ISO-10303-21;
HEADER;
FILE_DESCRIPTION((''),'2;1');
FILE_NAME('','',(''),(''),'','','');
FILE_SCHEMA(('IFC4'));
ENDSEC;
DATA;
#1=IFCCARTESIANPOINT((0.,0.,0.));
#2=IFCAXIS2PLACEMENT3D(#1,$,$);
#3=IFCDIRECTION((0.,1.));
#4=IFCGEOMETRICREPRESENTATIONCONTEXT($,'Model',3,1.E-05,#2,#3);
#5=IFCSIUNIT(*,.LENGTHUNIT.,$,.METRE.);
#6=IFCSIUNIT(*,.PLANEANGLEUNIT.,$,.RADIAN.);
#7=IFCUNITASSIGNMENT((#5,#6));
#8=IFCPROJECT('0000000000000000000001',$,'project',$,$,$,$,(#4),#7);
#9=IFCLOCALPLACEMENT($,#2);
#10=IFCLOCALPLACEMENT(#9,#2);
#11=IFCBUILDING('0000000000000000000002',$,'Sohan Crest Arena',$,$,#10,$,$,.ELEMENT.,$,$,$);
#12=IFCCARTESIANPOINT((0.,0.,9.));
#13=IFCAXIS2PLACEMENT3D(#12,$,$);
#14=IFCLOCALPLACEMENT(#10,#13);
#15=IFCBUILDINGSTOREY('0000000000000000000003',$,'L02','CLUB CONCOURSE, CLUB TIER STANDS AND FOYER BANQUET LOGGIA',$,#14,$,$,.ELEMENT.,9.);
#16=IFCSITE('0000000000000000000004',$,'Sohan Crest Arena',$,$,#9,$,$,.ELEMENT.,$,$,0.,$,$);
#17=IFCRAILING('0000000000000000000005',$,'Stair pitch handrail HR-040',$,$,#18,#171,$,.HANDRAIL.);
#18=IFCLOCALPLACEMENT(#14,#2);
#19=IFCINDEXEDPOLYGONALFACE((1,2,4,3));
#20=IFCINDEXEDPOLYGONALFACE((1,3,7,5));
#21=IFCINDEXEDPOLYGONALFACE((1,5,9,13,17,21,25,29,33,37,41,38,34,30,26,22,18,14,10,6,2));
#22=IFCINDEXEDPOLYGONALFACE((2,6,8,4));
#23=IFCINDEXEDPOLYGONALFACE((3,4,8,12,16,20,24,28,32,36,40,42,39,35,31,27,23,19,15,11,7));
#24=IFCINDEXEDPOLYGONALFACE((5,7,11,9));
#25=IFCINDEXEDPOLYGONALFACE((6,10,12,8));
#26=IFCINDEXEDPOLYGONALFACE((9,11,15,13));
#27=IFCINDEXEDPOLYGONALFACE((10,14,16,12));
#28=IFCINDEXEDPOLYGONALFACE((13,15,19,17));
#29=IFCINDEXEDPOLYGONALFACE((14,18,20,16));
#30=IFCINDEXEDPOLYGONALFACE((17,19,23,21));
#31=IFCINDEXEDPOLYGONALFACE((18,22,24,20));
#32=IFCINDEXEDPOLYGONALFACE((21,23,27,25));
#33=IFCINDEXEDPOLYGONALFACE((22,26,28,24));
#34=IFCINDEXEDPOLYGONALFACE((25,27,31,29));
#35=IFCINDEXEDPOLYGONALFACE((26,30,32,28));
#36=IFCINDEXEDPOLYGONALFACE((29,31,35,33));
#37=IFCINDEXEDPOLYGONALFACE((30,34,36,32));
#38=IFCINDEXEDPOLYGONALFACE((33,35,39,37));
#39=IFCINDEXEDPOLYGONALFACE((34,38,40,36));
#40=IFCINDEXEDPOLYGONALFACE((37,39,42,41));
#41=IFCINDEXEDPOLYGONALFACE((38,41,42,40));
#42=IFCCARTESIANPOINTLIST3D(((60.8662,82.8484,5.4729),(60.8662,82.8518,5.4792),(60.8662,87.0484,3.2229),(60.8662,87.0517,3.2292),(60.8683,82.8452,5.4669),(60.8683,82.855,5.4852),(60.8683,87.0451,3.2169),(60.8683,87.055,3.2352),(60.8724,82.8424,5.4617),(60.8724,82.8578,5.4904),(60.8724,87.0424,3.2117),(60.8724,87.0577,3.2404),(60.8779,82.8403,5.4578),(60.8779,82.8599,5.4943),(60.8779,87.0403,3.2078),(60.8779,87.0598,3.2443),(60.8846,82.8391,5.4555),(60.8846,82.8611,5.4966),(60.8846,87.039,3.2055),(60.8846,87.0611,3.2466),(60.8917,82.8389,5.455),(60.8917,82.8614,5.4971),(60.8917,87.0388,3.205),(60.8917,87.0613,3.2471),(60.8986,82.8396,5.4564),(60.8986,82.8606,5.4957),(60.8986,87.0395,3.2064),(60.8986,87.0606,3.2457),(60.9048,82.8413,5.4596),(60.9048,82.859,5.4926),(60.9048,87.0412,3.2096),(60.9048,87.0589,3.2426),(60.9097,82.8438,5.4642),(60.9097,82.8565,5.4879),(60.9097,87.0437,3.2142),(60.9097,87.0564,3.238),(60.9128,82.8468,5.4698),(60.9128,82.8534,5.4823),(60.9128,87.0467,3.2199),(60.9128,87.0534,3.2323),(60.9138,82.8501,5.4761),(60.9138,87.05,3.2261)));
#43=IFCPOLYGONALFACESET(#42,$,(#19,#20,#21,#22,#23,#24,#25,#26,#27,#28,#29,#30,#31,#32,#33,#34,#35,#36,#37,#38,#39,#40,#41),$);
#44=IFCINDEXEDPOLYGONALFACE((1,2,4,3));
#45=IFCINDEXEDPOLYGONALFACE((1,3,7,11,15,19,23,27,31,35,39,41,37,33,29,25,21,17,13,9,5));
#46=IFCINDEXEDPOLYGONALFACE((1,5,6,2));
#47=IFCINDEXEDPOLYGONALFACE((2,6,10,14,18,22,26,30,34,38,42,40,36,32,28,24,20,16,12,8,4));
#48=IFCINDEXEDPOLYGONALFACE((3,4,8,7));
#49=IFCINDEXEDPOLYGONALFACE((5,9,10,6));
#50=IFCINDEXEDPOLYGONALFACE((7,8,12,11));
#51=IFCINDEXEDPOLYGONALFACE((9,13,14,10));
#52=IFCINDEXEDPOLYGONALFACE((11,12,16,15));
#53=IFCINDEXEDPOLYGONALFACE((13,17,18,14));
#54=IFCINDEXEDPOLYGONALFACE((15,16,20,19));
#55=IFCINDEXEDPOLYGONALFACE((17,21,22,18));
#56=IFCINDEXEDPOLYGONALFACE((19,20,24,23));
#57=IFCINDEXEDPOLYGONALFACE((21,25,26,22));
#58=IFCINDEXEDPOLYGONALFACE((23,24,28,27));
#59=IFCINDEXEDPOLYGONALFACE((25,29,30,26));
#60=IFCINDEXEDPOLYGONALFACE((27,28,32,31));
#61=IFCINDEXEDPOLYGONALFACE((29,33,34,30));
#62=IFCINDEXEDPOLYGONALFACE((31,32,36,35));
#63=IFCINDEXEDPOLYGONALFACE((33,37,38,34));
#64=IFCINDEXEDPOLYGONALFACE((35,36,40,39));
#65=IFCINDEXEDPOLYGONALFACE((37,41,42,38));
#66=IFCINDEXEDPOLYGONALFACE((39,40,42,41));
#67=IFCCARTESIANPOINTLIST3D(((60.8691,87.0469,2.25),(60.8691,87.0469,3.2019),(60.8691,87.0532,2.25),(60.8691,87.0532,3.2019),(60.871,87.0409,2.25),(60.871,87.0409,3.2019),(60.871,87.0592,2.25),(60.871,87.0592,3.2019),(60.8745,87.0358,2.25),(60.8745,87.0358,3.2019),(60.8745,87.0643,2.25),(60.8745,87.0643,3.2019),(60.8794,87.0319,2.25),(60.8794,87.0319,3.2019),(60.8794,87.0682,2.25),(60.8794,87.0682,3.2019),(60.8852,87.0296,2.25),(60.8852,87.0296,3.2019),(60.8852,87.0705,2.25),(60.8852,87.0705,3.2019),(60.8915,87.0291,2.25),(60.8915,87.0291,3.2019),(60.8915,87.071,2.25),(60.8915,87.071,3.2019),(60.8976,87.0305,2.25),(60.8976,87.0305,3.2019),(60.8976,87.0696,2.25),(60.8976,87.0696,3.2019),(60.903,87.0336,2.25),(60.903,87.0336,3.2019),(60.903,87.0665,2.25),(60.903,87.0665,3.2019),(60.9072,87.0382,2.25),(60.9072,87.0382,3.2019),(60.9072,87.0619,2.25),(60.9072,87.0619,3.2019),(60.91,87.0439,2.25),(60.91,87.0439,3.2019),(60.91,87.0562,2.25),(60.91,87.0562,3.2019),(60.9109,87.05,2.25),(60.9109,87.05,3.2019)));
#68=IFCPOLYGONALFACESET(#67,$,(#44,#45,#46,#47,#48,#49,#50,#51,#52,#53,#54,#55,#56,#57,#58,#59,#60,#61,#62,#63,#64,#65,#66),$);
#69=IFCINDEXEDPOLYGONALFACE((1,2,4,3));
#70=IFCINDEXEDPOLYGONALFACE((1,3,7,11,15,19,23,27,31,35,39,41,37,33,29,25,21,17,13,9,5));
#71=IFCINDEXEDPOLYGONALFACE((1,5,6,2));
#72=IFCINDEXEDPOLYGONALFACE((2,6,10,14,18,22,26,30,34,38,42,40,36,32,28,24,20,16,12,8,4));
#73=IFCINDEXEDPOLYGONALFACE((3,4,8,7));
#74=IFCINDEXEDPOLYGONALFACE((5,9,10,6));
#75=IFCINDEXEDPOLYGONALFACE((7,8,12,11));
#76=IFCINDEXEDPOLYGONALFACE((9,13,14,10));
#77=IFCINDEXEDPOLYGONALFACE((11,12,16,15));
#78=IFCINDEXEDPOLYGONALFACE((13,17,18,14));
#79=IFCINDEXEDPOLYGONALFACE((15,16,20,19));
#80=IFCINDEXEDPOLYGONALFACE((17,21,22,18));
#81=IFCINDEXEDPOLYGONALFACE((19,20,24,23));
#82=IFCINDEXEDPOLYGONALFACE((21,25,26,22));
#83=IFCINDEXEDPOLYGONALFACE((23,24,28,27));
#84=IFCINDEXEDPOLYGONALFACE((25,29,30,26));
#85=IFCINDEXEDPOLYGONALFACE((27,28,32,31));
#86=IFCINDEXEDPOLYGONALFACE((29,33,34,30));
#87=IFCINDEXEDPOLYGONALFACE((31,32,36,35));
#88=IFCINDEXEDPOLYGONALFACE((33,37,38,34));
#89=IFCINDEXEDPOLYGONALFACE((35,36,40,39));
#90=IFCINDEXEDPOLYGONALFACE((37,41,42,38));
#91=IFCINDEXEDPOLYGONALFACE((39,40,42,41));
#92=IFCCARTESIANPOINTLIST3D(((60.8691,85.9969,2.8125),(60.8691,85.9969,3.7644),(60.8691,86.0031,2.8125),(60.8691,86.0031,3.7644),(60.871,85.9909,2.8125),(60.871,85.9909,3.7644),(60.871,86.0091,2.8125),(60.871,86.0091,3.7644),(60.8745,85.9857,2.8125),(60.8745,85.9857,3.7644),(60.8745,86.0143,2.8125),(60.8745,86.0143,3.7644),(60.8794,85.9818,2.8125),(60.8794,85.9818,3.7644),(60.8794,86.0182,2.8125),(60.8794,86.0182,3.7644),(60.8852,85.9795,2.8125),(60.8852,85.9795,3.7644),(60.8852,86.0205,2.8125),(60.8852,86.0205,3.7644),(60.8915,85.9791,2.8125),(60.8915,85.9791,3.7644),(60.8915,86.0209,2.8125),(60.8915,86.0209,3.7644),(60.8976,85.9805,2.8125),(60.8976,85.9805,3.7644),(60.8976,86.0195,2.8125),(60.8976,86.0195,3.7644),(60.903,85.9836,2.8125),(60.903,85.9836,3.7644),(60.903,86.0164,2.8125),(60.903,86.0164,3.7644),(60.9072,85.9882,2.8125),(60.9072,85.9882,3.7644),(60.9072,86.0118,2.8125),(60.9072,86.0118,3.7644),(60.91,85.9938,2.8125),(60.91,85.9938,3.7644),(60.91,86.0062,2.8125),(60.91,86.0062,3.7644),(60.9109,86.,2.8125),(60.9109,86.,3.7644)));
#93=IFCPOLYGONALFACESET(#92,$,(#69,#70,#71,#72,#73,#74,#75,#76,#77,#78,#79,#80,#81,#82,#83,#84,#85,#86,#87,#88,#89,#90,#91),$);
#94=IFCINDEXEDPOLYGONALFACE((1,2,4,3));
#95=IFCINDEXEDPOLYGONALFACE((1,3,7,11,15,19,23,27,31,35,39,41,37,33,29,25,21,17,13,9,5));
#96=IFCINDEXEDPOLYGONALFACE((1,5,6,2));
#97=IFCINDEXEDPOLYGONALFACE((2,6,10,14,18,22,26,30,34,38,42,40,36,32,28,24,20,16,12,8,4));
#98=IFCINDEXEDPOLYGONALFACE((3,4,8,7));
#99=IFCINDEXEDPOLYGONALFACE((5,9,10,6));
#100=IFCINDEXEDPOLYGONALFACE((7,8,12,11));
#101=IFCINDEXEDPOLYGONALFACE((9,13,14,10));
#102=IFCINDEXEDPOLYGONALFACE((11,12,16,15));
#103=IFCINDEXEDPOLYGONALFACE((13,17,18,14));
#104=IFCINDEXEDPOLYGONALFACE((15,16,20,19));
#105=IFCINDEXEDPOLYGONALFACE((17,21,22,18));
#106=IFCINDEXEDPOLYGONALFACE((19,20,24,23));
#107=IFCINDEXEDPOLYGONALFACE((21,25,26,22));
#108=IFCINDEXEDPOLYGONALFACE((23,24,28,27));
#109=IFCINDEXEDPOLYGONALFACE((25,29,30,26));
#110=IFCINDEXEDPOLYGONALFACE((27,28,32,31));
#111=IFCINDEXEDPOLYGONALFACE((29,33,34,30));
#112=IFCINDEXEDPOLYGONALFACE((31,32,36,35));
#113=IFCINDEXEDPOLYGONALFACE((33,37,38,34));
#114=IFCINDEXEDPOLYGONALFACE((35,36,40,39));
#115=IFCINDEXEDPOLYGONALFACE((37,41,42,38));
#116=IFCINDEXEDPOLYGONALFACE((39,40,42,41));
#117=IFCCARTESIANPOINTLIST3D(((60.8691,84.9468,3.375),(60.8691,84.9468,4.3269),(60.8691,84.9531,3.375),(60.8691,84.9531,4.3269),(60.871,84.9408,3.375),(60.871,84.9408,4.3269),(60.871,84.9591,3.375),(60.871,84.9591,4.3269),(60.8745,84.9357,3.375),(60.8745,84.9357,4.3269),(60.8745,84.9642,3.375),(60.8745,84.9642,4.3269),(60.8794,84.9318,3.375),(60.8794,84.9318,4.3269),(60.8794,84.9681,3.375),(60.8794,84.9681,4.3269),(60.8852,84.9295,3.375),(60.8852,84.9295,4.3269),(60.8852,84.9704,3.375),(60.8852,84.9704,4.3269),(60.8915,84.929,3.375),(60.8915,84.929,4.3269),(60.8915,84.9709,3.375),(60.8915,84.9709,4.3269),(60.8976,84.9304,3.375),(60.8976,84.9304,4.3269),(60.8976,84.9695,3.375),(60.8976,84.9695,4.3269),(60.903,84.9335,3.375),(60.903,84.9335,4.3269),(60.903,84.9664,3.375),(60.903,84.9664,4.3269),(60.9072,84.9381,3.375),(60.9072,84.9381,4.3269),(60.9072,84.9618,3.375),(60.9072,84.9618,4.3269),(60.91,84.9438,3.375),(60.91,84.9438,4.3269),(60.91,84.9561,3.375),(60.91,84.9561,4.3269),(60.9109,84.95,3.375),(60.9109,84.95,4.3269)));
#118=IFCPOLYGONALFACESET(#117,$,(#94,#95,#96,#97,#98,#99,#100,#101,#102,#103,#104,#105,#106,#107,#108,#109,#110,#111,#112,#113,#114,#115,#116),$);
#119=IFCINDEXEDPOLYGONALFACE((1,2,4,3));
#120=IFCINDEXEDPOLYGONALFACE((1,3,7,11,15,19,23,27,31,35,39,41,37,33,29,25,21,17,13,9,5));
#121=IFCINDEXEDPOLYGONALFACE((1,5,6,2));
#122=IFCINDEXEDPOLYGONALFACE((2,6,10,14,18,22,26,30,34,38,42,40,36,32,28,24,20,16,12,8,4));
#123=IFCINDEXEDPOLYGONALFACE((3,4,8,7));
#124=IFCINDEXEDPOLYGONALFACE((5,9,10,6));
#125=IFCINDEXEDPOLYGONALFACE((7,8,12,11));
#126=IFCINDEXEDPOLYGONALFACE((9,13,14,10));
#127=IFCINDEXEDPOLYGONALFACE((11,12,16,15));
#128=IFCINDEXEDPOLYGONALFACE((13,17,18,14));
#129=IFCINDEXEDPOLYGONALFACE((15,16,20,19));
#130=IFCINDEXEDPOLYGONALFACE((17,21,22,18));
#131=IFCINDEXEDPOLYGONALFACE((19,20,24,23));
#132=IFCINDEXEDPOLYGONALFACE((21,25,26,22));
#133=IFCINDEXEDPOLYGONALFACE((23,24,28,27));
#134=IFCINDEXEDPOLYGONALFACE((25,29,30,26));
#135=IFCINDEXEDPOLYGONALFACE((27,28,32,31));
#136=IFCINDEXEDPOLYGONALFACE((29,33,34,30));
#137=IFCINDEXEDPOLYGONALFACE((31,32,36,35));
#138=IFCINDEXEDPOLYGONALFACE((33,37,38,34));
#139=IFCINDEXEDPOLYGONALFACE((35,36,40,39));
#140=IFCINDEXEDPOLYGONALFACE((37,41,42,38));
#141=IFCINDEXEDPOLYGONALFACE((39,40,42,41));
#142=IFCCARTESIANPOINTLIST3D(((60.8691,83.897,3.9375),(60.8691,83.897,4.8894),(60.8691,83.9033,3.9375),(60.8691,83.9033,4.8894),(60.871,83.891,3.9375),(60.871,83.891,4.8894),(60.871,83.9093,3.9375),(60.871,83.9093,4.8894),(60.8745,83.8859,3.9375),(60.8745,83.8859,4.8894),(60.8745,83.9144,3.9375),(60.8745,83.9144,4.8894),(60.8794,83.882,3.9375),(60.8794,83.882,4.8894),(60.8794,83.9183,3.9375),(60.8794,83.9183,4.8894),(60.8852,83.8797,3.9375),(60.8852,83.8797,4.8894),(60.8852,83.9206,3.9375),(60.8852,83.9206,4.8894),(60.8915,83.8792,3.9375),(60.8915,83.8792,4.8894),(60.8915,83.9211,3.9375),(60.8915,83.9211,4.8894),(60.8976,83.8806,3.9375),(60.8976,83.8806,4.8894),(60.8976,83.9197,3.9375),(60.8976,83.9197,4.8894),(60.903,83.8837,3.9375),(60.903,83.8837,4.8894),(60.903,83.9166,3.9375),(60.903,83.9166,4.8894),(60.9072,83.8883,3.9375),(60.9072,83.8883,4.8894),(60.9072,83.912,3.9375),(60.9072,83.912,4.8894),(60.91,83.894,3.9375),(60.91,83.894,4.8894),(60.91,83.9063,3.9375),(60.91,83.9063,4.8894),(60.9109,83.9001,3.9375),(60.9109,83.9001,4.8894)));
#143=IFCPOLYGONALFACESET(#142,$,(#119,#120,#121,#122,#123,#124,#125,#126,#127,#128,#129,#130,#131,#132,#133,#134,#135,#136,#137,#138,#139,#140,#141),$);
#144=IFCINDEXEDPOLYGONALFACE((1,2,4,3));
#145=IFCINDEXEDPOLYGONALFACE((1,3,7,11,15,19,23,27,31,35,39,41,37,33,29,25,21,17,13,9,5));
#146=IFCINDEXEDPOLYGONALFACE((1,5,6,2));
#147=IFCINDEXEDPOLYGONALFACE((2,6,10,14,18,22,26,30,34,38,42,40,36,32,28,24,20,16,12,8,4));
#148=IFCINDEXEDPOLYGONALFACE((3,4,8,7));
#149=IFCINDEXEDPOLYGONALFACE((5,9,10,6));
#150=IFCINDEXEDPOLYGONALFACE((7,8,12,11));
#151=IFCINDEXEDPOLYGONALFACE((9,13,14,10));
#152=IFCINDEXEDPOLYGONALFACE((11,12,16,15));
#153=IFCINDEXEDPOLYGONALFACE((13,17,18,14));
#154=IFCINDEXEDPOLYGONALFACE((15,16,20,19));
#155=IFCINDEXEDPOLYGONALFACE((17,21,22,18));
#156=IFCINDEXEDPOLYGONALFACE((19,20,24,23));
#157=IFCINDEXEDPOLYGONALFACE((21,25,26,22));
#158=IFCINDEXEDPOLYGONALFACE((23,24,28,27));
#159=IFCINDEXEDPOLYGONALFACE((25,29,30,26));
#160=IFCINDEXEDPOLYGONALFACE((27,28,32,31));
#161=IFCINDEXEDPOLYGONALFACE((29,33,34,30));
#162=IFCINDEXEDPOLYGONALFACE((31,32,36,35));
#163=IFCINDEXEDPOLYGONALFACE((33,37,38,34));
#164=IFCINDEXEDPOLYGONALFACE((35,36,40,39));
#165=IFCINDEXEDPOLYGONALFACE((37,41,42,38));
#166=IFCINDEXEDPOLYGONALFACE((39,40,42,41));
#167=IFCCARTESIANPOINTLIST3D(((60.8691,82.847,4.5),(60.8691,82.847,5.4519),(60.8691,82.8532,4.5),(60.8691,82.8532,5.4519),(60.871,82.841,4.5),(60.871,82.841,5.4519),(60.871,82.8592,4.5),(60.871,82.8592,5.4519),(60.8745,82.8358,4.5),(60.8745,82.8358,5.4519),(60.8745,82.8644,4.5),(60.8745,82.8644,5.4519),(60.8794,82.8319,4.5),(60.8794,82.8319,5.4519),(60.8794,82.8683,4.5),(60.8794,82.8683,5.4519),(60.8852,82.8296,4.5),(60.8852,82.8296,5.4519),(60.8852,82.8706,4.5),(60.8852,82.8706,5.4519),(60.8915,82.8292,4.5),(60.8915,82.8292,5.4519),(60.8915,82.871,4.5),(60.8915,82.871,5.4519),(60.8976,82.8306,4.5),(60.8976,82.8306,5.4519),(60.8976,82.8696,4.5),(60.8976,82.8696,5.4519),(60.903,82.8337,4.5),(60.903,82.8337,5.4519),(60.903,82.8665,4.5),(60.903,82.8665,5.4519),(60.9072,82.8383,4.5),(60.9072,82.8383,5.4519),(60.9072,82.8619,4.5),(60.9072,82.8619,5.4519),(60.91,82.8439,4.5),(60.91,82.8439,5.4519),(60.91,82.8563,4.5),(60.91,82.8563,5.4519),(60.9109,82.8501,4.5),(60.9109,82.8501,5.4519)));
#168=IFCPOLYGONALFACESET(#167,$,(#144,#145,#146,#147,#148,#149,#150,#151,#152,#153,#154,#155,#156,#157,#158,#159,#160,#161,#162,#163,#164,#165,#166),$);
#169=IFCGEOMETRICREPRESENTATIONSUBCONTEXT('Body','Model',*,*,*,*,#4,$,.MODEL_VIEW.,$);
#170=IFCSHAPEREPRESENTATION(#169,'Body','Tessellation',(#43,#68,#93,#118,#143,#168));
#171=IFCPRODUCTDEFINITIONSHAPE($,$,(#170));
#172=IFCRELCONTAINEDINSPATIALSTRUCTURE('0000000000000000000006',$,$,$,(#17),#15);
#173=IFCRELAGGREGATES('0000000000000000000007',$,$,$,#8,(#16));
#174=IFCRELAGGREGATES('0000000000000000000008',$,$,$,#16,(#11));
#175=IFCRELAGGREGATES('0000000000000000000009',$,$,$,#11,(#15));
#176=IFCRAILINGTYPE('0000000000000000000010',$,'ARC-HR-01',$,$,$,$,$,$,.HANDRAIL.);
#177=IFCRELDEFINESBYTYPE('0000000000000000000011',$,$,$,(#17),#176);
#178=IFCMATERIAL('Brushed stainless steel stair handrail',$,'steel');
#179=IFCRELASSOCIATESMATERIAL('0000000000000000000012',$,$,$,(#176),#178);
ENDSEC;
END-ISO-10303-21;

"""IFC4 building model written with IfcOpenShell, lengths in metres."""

from ifc_helpers import new_model, si_unit, direction, frame, origin, origin_2d, place, context, subcontext, project, spatial, circle, extrude, material, type_object, element, save


model = new_model("IFC4")

# Units and contexts
model_context = context("Model", 3, precision=1e-05, world=origin(), true_north=direction((0.0, 1.0)))
body_context = subcontext(model_context, "Body", "Model", "MODEL_VIEW")
ifc_project = project(units=[si_unit("LENGTHUNIT", "METRE"), si_unit("PLANEANGLEUNIT", "RADIAN")], contexts=[model_context])

# Site, building, storey
site_placement = place(None, origin())
site = spatial("IfcSite", under=ifc_project, at=site_placement, Name="Sohan Crest Arena", CompositionType="ELEMENT", RefElevation=0.0)
building_placement = place(site_placement, origin())
building = spatial("IfcBuilding", under=site, at=building_placement, Name="Sohan Crest Arena", CompositionType="ELEMENT")
storey_placement = place(building_placement, frame((0.0, 0.0, 9.0)))
storey = spatial("IfcBuildingStorey", under=building, at=storey_placement, Name="L02", Description="CLUB CONCOURSE, CLUB TIER STANDS AND FOYER BANQUET LOGGIA", CompositionType="ELEMENT", Elevation=9.0)

# Railing
ifc_material_1 = material(Name="Brushed stainless steel stair handrail", Category="steel")
railing_type_1 = type_object("IfcRailingType", Name="ARC-HR-01", PredefinedType="HANDRAIL", material=ifc_material_1)
railing_1_placement = place(storey_placement, frame((60.8899, 87.05, 2.25)))
element("IfcRailing", 1, at=railing_1_placement, inside=storey, type_object=railing_type_1, Name="Stair pitch handrail HR-040", PredefinedType="HANDRAIL", context=body_context, shape_type="SweptSolid", body=[
    extrude(circle(Radius=0.0239, at=origin_2d()), frame((0.0, 0.0, 0.9761), z_axis=(0.0, -0.881478, 0.472226), x_axis=(1.0, 0.0, 0.0)), (0.0, 0.0, 1.0), 4.7646),
    extrude(circle(Radius=0.021, at=origin_2d()), origin(), (0.0, 0.0, 1.0), 0.9519),
    extrude(circle(Radius=0.021, at=origin_2d()), frame((0.0, -1.05, 0.5625)), (0.0, 0.0, 1.0), 0.9519),
    extrude(circle(Radius=0.021, at=origin_2d()), frame((0.0, -2.1001, 1.125)), (0.0, 0.0, 1.0), 0.9519),
    extrude(circle(Radius=0.021, at=origin_2d()), frame((0.0, -3.1499, 1.6875)), (0.0, 0.0, 1.0), 0.9519),
    extrude(circle(Radius=0.021, at=origin_2d()), frame((0.0, -4.2, 2.25)), (0.0, 0.0, 1.0), 0.9519),
])

save(model, "model.ifc")
